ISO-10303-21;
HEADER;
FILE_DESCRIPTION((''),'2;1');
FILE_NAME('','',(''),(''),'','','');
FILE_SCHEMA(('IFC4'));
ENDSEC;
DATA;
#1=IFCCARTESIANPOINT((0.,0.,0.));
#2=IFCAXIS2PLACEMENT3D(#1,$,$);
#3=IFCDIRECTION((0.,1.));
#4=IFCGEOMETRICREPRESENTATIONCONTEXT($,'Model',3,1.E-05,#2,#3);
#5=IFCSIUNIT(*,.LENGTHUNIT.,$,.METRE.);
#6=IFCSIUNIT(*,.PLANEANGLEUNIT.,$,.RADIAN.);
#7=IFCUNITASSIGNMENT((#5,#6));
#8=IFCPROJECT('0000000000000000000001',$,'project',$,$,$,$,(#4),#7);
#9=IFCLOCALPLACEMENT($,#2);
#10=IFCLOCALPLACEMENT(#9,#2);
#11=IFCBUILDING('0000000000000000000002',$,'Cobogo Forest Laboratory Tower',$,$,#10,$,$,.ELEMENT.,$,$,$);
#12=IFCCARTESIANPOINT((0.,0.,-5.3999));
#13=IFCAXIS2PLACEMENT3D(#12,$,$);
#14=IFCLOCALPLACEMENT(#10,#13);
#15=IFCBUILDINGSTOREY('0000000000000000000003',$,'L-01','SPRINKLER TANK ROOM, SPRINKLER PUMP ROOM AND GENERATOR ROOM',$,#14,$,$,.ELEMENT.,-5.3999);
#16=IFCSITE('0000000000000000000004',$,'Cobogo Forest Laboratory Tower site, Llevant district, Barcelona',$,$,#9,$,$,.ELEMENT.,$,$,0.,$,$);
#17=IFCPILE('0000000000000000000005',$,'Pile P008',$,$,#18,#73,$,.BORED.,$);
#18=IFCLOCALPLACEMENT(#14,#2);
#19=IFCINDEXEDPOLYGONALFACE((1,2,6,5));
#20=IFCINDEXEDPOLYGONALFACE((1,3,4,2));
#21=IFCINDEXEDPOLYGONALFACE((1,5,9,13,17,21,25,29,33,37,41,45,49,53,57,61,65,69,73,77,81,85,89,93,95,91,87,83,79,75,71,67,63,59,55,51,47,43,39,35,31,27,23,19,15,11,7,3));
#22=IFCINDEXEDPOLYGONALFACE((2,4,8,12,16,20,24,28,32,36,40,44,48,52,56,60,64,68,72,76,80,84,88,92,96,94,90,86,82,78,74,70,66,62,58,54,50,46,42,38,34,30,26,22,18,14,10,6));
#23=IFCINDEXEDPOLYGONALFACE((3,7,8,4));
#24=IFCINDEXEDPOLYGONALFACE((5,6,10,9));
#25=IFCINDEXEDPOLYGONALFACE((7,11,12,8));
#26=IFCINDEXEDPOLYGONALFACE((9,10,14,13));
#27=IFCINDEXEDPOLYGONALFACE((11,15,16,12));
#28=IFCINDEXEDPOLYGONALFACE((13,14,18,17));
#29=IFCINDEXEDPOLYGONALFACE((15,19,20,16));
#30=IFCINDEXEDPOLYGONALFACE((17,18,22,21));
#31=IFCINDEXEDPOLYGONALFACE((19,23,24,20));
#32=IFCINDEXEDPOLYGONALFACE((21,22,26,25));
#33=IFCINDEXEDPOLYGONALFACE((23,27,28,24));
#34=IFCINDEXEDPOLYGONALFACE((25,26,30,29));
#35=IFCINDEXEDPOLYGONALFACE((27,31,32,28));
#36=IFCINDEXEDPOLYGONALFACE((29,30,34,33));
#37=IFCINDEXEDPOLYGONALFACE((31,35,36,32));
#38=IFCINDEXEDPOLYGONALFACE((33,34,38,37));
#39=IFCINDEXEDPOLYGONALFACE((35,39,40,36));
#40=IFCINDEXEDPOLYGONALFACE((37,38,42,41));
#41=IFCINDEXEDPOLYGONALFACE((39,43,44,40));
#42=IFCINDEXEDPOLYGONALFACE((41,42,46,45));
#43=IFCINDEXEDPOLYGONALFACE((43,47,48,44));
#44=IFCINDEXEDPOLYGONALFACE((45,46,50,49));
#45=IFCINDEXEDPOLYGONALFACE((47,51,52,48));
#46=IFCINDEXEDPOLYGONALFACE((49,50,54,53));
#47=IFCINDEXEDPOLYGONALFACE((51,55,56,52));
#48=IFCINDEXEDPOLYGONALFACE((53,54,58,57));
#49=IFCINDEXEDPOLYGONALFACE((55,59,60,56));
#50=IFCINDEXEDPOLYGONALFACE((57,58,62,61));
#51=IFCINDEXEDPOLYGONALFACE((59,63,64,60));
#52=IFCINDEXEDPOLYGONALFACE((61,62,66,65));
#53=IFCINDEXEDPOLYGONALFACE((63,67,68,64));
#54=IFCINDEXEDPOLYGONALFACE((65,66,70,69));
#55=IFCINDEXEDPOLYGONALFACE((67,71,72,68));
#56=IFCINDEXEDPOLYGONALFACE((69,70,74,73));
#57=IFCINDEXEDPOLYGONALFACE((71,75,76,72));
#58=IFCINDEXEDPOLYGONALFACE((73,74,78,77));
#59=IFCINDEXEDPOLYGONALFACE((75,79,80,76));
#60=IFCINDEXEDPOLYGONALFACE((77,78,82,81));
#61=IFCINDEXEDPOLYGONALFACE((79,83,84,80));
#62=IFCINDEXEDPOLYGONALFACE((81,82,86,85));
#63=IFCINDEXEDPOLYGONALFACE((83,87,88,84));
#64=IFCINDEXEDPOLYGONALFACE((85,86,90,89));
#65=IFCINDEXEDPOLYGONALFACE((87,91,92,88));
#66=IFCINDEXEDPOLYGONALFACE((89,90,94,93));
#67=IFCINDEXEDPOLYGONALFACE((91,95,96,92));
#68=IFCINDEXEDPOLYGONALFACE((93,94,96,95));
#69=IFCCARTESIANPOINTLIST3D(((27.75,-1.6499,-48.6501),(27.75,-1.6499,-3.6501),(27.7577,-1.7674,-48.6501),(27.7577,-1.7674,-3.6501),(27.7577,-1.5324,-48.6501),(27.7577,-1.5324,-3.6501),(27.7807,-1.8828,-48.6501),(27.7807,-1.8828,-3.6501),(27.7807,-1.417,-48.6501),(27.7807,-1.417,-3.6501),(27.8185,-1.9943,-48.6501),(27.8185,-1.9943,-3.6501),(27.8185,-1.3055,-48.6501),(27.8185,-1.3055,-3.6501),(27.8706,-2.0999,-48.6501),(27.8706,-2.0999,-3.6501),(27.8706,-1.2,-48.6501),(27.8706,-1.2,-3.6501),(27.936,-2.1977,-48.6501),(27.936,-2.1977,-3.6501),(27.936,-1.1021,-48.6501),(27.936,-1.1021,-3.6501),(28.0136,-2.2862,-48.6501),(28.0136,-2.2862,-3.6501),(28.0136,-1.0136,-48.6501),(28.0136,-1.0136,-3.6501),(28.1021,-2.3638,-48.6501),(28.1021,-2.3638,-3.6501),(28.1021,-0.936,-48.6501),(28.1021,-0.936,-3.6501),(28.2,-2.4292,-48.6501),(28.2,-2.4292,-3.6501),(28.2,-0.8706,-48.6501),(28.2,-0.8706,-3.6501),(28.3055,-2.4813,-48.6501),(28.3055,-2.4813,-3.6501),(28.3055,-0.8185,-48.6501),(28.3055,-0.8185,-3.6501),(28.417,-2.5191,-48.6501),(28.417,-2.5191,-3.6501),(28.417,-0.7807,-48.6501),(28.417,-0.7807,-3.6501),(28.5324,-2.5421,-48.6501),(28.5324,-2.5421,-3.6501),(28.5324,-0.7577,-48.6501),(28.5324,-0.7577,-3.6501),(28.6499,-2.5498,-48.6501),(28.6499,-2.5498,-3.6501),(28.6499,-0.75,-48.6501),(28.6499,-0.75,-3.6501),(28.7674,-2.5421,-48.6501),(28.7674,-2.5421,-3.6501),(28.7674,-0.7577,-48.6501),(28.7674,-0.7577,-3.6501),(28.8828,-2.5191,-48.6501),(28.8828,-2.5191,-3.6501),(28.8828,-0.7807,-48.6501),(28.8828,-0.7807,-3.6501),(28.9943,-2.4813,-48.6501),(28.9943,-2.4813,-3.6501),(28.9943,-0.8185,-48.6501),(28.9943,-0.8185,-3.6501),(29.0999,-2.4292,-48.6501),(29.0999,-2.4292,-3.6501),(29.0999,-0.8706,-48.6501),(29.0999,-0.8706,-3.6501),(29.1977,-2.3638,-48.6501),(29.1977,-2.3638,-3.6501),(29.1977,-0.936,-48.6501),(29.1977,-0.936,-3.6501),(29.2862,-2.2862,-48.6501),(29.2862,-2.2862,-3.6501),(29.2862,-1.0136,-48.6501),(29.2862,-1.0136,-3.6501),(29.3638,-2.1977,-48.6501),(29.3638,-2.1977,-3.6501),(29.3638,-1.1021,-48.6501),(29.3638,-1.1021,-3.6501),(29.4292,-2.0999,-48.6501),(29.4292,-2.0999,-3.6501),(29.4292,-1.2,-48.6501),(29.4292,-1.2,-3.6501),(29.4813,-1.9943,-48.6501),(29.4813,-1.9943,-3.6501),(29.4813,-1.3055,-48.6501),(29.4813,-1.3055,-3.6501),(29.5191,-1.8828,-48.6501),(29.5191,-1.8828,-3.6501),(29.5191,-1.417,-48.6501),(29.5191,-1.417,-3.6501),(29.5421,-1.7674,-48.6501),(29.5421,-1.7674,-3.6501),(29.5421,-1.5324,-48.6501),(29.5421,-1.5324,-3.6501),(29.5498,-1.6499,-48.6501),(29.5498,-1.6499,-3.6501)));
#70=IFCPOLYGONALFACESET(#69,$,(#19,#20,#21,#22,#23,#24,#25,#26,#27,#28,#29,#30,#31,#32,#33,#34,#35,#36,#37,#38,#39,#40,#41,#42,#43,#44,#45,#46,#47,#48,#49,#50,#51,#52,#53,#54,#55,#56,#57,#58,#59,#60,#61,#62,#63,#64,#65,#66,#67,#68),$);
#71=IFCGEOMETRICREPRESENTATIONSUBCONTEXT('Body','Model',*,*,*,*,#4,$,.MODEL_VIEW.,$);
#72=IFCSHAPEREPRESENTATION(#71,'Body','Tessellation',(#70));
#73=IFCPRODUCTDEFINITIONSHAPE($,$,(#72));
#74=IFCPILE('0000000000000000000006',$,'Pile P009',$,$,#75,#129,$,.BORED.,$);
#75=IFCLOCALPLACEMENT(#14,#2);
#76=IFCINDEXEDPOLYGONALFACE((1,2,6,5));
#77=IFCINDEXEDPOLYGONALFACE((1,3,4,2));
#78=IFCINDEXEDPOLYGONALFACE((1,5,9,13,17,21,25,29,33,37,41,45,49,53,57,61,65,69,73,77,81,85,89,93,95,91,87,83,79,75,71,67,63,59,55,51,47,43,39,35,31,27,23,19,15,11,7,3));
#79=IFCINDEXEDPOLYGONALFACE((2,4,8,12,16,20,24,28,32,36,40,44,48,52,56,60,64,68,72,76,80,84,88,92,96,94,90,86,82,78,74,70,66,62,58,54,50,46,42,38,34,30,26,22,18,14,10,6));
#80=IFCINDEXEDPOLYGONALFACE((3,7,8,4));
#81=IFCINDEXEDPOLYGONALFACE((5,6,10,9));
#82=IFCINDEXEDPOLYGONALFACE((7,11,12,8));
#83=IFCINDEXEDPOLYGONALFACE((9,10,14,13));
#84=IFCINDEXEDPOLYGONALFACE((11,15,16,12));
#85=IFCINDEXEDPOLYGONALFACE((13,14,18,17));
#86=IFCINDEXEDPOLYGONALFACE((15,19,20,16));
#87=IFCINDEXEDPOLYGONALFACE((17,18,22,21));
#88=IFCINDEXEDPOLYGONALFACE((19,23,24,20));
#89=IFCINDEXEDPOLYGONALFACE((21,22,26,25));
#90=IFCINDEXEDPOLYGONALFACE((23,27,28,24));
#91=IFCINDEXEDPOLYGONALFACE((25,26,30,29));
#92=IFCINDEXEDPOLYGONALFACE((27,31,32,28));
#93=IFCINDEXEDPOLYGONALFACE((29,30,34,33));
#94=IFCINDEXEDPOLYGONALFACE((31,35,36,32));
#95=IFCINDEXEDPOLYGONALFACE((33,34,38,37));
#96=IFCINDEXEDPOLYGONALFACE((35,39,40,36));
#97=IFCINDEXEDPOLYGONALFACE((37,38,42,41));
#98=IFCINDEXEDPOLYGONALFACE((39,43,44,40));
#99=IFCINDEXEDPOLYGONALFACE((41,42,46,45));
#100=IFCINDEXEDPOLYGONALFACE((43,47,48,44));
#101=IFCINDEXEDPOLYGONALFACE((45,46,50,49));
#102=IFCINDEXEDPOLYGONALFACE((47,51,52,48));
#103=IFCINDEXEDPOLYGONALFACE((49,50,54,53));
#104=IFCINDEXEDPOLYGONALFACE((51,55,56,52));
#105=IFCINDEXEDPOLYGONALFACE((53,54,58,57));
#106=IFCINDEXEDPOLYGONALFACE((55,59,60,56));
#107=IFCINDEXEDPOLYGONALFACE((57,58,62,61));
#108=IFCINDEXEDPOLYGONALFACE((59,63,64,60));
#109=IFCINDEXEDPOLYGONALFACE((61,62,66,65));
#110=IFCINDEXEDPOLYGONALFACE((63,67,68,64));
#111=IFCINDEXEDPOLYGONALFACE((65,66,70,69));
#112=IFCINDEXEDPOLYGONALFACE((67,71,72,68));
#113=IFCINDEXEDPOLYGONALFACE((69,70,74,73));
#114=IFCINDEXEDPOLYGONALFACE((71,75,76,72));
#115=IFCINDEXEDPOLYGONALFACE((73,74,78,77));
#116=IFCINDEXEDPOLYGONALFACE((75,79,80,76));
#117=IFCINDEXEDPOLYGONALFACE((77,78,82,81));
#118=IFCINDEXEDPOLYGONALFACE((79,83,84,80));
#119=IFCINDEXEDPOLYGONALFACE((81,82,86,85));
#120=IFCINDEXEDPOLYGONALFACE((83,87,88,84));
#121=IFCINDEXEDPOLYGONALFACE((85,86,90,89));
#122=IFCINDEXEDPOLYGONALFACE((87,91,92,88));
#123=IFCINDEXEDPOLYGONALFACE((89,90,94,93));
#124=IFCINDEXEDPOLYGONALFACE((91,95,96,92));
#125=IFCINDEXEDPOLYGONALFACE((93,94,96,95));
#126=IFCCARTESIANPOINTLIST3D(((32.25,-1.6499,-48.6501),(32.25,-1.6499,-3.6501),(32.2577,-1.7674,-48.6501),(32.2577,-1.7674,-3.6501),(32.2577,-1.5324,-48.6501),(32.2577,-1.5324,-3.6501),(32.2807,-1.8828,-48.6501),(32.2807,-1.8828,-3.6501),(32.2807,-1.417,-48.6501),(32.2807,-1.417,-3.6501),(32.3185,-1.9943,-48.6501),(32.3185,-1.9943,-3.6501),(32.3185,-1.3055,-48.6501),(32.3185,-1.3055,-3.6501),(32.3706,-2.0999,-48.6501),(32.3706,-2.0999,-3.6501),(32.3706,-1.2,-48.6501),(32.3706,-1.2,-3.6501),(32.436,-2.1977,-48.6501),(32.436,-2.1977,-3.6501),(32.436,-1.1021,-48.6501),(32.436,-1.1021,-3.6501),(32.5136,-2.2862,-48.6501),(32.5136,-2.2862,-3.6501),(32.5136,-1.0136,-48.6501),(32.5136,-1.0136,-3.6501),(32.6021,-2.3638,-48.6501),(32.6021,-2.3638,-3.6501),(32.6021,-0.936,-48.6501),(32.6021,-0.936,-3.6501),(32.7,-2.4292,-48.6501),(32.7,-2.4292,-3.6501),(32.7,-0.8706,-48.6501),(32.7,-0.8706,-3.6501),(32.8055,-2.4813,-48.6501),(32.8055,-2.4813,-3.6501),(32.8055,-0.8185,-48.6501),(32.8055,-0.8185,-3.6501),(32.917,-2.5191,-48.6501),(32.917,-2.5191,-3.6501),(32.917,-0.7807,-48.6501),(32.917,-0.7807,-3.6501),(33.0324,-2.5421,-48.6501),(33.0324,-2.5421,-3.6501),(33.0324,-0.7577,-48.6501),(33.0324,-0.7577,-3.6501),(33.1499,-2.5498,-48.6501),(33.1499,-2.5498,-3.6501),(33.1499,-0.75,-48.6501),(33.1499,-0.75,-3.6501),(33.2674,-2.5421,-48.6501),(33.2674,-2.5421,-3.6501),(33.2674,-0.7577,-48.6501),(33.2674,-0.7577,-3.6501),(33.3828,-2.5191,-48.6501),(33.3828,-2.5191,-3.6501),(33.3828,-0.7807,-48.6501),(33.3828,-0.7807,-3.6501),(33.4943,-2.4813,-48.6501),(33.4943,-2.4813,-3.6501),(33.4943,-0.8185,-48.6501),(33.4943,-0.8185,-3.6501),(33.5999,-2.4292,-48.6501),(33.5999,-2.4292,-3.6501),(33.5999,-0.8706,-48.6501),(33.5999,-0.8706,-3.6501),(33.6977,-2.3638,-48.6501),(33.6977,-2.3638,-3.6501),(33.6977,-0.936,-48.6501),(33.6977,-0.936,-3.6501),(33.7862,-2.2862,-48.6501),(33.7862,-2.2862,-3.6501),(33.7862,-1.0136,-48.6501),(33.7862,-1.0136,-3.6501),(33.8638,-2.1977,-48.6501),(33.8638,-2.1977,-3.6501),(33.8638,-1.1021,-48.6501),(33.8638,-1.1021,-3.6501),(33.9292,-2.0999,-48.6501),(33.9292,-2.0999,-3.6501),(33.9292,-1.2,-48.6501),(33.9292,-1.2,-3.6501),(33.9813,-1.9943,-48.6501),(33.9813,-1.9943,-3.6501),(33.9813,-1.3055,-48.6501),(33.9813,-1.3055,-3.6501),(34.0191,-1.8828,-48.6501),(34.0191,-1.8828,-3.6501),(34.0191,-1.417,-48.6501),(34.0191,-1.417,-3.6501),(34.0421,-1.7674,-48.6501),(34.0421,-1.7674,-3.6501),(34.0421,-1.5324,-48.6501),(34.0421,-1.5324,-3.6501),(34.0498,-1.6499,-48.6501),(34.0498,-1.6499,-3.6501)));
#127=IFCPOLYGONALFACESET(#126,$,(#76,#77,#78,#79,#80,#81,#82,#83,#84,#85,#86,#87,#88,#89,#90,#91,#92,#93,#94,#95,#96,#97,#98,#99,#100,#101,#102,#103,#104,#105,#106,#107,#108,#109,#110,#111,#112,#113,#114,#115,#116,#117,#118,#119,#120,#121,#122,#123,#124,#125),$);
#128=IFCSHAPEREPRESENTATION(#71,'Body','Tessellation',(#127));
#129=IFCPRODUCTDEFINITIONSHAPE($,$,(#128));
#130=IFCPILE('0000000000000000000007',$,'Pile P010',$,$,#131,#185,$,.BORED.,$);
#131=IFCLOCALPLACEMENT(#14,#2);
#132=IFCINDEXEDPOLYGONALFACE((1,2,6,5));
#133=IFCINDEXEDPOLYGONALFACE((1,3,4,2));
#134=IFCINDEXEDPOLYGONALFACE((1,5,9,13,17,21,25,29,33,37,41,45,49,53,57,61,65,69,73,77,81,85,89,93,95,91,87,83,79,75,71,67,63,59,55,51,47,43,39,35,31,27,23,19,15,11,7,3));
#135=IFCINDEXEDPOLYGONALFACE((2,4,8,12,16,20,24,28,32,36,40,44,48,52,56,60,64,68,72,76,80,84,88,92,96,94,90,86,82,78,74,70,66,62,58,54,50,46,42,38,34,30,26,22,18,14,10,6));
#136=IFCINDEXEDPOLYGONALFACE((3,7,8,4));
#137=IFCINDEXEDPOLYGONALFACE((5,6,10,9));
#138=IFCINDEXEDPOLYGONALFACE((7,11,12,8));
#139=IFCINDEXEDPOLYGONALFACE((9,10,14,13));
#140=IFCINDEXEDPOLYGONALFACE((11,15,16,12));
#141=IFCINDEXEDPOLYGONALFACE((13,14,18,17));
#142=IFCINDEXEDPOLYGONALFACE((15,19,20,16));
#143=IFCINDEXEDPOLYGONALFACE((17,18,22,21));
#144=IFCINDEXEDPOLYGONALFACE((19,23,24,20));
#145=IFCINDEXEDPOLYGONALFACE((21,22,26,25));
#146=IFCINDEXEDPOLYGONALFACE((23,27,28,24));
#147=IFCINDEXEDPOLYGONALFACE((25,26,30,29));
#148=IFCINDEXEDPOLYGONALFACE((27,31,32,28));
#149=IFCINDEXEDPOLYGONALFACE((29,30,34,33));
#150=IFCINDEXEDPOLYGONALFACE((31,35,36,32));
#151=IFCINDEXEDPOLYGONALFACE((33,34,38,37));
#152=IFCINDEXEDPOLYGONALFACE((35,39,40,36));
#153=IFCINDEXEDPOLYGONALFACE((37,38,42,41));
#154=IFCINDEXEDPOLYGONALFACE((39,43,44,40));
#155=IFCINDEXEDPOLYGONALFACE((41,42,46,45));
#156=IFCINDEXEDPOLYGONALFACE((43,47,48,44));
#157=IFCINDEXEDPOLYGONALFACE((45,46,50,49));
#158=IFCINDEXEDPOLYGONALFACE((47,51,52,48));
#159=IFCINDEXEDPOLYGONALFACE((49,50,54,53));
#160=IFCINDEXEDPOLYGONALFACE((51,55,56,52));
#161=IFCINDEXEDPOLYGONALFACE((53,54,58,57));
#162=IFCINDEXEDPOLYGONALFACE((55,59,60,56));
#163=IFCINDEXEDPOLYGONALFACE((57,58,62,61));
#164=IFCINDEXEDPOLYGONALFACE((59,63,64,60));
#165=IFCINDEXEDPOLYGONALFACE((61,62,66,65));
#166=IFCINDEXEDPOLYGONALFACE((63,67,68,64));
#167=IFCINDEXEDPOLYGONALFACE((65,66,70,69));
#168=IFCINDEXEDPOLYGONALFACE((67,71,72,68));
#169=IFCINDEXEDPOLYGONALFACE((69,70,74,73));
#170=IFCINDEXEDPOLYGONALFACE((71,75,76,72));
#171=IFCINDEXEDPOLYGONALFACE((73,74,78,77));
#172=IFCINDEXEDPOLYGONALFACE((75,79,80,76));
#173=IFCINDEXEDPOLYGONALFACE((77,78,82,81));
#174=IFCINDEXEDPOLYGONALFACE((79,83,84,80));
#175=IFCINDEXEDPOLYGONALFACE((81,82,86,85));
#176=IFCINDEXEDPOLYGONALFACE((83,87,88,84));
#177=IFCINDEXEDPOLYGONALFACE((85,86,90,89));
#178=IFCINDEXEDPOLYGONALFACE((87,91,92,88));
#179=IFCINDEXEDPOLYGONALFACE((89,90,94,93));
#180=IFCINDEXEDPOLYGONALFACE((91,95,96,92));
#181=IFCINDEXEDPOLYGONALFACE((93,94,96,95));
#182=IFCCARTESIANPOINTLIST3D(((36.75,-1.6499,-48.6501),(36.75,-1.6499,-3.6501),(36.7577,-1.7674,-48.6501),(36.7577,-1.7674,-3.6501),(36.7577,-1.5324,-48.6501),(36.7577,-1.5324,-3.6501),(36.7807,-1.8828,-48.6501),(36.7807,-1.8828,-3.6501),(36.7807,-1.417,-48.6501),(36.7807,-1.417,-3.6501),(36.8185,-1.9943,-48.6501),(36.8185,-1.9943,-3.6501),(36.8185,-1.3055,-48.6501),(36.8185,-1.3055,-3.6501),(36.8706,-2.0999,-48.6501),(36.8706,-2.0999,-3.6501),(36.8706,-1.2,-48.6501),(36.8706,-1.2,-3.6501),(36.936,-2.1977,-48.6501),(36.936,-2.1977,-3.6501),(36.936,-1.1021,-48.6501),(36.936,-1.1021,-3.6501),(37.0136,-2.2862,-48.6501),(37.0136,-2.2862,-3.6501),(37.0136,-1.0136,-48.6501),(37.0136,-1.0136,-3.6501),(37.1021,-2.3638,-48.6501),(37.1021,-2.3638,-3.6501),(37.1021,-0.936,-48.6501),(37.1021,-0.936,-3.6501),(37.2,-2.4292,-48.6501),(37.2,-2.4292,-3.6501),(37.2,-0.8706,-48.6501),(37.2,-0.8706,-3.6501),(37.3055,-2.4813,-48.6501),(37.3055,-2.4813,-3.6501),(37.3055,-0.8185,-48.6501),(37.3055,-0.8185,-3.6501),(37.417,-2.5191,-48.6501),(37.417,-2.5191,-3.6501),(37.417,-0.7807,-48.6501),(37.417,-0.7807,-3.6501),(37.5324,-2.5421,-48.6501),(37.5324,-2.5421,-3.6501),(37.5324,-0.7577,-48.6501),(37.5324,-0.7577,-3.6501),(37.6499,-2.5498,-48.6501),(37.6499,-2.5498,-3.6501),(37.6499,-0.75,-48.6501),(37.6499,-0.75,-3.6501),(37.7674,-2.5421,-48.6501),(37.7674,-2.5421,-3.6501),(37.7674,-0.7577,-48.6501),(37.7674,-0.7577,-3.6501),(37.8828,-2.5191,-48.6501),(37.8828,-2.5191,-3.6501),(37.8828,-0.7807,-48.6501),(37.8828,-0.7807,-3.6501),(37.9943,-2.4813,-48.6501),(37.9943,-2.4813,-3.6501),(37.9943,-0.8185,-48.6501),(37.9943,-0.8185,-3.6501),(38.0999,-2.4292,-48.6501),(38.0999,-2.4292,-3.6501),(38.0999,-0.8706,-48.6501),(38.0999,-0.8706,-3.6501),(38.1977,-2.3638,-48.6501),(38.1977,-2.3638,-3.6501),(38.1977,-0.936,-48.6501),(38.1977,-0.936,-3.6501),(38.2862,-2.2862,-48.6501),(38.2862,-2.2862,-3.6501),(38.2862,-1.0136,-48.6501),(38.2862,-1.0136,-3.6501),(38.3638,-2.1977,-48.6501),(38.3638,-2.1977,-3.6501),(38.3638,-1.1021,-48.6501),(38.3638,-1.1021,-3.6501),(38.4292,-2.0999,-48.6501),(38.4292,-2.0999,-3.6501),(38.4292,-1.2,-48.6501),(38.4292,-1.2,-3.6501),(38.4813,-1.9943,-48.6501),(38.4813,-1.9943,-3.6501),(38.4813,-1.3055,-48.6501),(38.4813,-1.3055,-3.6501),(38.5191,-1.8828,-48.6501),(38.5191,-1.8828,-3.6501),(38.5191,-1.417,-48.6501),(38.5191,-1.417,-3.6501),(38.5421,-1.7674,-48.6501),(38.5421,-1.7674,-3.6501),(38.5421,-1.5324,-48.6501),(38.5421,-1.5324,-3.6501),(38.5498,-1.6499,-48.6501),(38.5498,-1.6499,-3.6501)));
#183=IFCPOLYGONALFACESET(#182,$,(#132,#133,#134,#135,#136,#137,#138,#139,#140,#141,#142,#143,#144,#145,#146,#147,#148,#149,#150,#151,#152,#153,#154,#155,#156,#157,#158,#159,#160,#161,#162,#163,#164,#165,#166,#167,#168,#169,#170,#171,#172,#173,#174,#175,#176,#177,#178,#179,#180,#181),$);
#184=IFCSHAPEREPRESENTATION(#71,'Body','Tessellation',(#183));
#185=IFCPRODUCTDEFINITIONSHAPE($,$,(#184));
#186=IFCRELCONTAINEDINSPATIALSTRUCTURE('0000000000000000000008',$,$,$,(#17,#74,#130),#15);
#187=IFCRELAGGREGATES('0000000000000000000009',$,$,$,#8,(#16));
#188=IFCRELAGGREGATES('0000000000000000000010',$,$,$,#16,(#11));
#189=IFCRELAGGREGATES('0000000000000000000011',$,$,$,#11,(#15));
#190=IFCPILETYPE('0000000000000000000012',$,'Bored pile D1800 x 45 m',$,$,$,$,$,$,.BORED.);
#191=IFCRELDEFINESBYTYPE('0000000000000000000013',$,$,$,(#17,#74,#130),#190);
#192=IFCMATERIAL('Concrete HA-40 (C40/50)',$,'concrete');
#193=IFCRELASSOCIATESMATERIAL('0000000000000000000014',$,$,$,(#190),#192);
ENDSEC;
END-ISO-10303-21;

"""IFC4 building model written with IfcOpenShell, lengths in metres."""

from ifc_helpers import new_model, si_unit, direction, frame, origin, origin_2d, place, context, subcontext, project, spatial, circle, extrude, material, material_profile, profile_set, type_object, element, save


model = new_model("IFC4")

# Units and contexts
model_context = context("Model", 3, precision=1e-05, world=origin(), true_north=direction((0.0, 1.0)))
body_context = subcontext(model_context, "Body", "Model", "MODEL_VIEW")
ifc_project = project(units=[si_unit("LENGTHUNIT", "METRE"), si_unit("PLANEANGLEUNIT", "RADIAN")], contexts=[model_context])

# Site, building, storey
site_placement = place(None, origin())
site = spatial("IfcSite", under=ifc_project, at=site_placement, Name="Cobogo Forest Laboratory Tower site, Llevant district, Barcelona", CompositionType="ELEMENT", RefElevation=0.0)
building_placement = place(site_placement, origin())
building = spatial("IfcBuilding", under=site, at=building_placement, Name="Cobogo Forest Laboratory Tower", CompositionType="ELEMENT")
storey_placement = place(building_placement, frame((0.0, 0.0, -5.3999)))
storey = spatial("IfcBuildingStorey", under=building, at=storey_placement, Name="L-01", Description="SPRINKLER TANK ROOM, SPRINKLER PUMP ROOM AND GENERATOR ROOM", CompositionType="ELEMENT", Elevation=-5.3999)

# Piles
ifc_material_1 = material(Name="Concrete HA-40 (C40/50)", Category="concrete")
ifc_material_profile_1 = material_profile(ifc_material_1, circle(Radius=0.8999, at=origin_2d()), Name="PILE D1800")
ifc_profile_set_1 = profile_set([ifc_material_profile_1], Name="Concrete HA-40 (C40/50)")
pile_type_1 = type_object("IfcPileType", Name="Bored pile D1800 x 45 m", PredefinedType="BORED", material=ifc_profile_set_1)
for number, where, z_axis, x_axis, name in (
    (1, (28.6499, -1.6499, -3.6501), (0.0, 0.0, -1.0), (1.0, 0.0, 0.0), "Pile P008"),
    (2, (33.1499, -1.6499, -3.6501), (0.0, 0.0, -1.0), (1.0, 0.0, 0.0), "Pile P009"),
    (3, (37.6499, -1.6499, -3.6501), (0.0, 0.0, -1.0), (1.0, 0.0, 0.0), "Pile P010"),
):
    element("IfcPile", number, at=place(storey_placement, frame(where, z_axis=z_axis, x_axis=x_axis)), inside=storey, type_object=pile_type_1, Name=name, PredefinedType="BORED", context=body_context, shape_type="SweptSolid", body=[
        extrude(circle(Radius=0.8999, at=origin_2d()), origin(), (0.0, 0.0, 1.0), 45.0),
    ])

save(model, "model.ifc")
